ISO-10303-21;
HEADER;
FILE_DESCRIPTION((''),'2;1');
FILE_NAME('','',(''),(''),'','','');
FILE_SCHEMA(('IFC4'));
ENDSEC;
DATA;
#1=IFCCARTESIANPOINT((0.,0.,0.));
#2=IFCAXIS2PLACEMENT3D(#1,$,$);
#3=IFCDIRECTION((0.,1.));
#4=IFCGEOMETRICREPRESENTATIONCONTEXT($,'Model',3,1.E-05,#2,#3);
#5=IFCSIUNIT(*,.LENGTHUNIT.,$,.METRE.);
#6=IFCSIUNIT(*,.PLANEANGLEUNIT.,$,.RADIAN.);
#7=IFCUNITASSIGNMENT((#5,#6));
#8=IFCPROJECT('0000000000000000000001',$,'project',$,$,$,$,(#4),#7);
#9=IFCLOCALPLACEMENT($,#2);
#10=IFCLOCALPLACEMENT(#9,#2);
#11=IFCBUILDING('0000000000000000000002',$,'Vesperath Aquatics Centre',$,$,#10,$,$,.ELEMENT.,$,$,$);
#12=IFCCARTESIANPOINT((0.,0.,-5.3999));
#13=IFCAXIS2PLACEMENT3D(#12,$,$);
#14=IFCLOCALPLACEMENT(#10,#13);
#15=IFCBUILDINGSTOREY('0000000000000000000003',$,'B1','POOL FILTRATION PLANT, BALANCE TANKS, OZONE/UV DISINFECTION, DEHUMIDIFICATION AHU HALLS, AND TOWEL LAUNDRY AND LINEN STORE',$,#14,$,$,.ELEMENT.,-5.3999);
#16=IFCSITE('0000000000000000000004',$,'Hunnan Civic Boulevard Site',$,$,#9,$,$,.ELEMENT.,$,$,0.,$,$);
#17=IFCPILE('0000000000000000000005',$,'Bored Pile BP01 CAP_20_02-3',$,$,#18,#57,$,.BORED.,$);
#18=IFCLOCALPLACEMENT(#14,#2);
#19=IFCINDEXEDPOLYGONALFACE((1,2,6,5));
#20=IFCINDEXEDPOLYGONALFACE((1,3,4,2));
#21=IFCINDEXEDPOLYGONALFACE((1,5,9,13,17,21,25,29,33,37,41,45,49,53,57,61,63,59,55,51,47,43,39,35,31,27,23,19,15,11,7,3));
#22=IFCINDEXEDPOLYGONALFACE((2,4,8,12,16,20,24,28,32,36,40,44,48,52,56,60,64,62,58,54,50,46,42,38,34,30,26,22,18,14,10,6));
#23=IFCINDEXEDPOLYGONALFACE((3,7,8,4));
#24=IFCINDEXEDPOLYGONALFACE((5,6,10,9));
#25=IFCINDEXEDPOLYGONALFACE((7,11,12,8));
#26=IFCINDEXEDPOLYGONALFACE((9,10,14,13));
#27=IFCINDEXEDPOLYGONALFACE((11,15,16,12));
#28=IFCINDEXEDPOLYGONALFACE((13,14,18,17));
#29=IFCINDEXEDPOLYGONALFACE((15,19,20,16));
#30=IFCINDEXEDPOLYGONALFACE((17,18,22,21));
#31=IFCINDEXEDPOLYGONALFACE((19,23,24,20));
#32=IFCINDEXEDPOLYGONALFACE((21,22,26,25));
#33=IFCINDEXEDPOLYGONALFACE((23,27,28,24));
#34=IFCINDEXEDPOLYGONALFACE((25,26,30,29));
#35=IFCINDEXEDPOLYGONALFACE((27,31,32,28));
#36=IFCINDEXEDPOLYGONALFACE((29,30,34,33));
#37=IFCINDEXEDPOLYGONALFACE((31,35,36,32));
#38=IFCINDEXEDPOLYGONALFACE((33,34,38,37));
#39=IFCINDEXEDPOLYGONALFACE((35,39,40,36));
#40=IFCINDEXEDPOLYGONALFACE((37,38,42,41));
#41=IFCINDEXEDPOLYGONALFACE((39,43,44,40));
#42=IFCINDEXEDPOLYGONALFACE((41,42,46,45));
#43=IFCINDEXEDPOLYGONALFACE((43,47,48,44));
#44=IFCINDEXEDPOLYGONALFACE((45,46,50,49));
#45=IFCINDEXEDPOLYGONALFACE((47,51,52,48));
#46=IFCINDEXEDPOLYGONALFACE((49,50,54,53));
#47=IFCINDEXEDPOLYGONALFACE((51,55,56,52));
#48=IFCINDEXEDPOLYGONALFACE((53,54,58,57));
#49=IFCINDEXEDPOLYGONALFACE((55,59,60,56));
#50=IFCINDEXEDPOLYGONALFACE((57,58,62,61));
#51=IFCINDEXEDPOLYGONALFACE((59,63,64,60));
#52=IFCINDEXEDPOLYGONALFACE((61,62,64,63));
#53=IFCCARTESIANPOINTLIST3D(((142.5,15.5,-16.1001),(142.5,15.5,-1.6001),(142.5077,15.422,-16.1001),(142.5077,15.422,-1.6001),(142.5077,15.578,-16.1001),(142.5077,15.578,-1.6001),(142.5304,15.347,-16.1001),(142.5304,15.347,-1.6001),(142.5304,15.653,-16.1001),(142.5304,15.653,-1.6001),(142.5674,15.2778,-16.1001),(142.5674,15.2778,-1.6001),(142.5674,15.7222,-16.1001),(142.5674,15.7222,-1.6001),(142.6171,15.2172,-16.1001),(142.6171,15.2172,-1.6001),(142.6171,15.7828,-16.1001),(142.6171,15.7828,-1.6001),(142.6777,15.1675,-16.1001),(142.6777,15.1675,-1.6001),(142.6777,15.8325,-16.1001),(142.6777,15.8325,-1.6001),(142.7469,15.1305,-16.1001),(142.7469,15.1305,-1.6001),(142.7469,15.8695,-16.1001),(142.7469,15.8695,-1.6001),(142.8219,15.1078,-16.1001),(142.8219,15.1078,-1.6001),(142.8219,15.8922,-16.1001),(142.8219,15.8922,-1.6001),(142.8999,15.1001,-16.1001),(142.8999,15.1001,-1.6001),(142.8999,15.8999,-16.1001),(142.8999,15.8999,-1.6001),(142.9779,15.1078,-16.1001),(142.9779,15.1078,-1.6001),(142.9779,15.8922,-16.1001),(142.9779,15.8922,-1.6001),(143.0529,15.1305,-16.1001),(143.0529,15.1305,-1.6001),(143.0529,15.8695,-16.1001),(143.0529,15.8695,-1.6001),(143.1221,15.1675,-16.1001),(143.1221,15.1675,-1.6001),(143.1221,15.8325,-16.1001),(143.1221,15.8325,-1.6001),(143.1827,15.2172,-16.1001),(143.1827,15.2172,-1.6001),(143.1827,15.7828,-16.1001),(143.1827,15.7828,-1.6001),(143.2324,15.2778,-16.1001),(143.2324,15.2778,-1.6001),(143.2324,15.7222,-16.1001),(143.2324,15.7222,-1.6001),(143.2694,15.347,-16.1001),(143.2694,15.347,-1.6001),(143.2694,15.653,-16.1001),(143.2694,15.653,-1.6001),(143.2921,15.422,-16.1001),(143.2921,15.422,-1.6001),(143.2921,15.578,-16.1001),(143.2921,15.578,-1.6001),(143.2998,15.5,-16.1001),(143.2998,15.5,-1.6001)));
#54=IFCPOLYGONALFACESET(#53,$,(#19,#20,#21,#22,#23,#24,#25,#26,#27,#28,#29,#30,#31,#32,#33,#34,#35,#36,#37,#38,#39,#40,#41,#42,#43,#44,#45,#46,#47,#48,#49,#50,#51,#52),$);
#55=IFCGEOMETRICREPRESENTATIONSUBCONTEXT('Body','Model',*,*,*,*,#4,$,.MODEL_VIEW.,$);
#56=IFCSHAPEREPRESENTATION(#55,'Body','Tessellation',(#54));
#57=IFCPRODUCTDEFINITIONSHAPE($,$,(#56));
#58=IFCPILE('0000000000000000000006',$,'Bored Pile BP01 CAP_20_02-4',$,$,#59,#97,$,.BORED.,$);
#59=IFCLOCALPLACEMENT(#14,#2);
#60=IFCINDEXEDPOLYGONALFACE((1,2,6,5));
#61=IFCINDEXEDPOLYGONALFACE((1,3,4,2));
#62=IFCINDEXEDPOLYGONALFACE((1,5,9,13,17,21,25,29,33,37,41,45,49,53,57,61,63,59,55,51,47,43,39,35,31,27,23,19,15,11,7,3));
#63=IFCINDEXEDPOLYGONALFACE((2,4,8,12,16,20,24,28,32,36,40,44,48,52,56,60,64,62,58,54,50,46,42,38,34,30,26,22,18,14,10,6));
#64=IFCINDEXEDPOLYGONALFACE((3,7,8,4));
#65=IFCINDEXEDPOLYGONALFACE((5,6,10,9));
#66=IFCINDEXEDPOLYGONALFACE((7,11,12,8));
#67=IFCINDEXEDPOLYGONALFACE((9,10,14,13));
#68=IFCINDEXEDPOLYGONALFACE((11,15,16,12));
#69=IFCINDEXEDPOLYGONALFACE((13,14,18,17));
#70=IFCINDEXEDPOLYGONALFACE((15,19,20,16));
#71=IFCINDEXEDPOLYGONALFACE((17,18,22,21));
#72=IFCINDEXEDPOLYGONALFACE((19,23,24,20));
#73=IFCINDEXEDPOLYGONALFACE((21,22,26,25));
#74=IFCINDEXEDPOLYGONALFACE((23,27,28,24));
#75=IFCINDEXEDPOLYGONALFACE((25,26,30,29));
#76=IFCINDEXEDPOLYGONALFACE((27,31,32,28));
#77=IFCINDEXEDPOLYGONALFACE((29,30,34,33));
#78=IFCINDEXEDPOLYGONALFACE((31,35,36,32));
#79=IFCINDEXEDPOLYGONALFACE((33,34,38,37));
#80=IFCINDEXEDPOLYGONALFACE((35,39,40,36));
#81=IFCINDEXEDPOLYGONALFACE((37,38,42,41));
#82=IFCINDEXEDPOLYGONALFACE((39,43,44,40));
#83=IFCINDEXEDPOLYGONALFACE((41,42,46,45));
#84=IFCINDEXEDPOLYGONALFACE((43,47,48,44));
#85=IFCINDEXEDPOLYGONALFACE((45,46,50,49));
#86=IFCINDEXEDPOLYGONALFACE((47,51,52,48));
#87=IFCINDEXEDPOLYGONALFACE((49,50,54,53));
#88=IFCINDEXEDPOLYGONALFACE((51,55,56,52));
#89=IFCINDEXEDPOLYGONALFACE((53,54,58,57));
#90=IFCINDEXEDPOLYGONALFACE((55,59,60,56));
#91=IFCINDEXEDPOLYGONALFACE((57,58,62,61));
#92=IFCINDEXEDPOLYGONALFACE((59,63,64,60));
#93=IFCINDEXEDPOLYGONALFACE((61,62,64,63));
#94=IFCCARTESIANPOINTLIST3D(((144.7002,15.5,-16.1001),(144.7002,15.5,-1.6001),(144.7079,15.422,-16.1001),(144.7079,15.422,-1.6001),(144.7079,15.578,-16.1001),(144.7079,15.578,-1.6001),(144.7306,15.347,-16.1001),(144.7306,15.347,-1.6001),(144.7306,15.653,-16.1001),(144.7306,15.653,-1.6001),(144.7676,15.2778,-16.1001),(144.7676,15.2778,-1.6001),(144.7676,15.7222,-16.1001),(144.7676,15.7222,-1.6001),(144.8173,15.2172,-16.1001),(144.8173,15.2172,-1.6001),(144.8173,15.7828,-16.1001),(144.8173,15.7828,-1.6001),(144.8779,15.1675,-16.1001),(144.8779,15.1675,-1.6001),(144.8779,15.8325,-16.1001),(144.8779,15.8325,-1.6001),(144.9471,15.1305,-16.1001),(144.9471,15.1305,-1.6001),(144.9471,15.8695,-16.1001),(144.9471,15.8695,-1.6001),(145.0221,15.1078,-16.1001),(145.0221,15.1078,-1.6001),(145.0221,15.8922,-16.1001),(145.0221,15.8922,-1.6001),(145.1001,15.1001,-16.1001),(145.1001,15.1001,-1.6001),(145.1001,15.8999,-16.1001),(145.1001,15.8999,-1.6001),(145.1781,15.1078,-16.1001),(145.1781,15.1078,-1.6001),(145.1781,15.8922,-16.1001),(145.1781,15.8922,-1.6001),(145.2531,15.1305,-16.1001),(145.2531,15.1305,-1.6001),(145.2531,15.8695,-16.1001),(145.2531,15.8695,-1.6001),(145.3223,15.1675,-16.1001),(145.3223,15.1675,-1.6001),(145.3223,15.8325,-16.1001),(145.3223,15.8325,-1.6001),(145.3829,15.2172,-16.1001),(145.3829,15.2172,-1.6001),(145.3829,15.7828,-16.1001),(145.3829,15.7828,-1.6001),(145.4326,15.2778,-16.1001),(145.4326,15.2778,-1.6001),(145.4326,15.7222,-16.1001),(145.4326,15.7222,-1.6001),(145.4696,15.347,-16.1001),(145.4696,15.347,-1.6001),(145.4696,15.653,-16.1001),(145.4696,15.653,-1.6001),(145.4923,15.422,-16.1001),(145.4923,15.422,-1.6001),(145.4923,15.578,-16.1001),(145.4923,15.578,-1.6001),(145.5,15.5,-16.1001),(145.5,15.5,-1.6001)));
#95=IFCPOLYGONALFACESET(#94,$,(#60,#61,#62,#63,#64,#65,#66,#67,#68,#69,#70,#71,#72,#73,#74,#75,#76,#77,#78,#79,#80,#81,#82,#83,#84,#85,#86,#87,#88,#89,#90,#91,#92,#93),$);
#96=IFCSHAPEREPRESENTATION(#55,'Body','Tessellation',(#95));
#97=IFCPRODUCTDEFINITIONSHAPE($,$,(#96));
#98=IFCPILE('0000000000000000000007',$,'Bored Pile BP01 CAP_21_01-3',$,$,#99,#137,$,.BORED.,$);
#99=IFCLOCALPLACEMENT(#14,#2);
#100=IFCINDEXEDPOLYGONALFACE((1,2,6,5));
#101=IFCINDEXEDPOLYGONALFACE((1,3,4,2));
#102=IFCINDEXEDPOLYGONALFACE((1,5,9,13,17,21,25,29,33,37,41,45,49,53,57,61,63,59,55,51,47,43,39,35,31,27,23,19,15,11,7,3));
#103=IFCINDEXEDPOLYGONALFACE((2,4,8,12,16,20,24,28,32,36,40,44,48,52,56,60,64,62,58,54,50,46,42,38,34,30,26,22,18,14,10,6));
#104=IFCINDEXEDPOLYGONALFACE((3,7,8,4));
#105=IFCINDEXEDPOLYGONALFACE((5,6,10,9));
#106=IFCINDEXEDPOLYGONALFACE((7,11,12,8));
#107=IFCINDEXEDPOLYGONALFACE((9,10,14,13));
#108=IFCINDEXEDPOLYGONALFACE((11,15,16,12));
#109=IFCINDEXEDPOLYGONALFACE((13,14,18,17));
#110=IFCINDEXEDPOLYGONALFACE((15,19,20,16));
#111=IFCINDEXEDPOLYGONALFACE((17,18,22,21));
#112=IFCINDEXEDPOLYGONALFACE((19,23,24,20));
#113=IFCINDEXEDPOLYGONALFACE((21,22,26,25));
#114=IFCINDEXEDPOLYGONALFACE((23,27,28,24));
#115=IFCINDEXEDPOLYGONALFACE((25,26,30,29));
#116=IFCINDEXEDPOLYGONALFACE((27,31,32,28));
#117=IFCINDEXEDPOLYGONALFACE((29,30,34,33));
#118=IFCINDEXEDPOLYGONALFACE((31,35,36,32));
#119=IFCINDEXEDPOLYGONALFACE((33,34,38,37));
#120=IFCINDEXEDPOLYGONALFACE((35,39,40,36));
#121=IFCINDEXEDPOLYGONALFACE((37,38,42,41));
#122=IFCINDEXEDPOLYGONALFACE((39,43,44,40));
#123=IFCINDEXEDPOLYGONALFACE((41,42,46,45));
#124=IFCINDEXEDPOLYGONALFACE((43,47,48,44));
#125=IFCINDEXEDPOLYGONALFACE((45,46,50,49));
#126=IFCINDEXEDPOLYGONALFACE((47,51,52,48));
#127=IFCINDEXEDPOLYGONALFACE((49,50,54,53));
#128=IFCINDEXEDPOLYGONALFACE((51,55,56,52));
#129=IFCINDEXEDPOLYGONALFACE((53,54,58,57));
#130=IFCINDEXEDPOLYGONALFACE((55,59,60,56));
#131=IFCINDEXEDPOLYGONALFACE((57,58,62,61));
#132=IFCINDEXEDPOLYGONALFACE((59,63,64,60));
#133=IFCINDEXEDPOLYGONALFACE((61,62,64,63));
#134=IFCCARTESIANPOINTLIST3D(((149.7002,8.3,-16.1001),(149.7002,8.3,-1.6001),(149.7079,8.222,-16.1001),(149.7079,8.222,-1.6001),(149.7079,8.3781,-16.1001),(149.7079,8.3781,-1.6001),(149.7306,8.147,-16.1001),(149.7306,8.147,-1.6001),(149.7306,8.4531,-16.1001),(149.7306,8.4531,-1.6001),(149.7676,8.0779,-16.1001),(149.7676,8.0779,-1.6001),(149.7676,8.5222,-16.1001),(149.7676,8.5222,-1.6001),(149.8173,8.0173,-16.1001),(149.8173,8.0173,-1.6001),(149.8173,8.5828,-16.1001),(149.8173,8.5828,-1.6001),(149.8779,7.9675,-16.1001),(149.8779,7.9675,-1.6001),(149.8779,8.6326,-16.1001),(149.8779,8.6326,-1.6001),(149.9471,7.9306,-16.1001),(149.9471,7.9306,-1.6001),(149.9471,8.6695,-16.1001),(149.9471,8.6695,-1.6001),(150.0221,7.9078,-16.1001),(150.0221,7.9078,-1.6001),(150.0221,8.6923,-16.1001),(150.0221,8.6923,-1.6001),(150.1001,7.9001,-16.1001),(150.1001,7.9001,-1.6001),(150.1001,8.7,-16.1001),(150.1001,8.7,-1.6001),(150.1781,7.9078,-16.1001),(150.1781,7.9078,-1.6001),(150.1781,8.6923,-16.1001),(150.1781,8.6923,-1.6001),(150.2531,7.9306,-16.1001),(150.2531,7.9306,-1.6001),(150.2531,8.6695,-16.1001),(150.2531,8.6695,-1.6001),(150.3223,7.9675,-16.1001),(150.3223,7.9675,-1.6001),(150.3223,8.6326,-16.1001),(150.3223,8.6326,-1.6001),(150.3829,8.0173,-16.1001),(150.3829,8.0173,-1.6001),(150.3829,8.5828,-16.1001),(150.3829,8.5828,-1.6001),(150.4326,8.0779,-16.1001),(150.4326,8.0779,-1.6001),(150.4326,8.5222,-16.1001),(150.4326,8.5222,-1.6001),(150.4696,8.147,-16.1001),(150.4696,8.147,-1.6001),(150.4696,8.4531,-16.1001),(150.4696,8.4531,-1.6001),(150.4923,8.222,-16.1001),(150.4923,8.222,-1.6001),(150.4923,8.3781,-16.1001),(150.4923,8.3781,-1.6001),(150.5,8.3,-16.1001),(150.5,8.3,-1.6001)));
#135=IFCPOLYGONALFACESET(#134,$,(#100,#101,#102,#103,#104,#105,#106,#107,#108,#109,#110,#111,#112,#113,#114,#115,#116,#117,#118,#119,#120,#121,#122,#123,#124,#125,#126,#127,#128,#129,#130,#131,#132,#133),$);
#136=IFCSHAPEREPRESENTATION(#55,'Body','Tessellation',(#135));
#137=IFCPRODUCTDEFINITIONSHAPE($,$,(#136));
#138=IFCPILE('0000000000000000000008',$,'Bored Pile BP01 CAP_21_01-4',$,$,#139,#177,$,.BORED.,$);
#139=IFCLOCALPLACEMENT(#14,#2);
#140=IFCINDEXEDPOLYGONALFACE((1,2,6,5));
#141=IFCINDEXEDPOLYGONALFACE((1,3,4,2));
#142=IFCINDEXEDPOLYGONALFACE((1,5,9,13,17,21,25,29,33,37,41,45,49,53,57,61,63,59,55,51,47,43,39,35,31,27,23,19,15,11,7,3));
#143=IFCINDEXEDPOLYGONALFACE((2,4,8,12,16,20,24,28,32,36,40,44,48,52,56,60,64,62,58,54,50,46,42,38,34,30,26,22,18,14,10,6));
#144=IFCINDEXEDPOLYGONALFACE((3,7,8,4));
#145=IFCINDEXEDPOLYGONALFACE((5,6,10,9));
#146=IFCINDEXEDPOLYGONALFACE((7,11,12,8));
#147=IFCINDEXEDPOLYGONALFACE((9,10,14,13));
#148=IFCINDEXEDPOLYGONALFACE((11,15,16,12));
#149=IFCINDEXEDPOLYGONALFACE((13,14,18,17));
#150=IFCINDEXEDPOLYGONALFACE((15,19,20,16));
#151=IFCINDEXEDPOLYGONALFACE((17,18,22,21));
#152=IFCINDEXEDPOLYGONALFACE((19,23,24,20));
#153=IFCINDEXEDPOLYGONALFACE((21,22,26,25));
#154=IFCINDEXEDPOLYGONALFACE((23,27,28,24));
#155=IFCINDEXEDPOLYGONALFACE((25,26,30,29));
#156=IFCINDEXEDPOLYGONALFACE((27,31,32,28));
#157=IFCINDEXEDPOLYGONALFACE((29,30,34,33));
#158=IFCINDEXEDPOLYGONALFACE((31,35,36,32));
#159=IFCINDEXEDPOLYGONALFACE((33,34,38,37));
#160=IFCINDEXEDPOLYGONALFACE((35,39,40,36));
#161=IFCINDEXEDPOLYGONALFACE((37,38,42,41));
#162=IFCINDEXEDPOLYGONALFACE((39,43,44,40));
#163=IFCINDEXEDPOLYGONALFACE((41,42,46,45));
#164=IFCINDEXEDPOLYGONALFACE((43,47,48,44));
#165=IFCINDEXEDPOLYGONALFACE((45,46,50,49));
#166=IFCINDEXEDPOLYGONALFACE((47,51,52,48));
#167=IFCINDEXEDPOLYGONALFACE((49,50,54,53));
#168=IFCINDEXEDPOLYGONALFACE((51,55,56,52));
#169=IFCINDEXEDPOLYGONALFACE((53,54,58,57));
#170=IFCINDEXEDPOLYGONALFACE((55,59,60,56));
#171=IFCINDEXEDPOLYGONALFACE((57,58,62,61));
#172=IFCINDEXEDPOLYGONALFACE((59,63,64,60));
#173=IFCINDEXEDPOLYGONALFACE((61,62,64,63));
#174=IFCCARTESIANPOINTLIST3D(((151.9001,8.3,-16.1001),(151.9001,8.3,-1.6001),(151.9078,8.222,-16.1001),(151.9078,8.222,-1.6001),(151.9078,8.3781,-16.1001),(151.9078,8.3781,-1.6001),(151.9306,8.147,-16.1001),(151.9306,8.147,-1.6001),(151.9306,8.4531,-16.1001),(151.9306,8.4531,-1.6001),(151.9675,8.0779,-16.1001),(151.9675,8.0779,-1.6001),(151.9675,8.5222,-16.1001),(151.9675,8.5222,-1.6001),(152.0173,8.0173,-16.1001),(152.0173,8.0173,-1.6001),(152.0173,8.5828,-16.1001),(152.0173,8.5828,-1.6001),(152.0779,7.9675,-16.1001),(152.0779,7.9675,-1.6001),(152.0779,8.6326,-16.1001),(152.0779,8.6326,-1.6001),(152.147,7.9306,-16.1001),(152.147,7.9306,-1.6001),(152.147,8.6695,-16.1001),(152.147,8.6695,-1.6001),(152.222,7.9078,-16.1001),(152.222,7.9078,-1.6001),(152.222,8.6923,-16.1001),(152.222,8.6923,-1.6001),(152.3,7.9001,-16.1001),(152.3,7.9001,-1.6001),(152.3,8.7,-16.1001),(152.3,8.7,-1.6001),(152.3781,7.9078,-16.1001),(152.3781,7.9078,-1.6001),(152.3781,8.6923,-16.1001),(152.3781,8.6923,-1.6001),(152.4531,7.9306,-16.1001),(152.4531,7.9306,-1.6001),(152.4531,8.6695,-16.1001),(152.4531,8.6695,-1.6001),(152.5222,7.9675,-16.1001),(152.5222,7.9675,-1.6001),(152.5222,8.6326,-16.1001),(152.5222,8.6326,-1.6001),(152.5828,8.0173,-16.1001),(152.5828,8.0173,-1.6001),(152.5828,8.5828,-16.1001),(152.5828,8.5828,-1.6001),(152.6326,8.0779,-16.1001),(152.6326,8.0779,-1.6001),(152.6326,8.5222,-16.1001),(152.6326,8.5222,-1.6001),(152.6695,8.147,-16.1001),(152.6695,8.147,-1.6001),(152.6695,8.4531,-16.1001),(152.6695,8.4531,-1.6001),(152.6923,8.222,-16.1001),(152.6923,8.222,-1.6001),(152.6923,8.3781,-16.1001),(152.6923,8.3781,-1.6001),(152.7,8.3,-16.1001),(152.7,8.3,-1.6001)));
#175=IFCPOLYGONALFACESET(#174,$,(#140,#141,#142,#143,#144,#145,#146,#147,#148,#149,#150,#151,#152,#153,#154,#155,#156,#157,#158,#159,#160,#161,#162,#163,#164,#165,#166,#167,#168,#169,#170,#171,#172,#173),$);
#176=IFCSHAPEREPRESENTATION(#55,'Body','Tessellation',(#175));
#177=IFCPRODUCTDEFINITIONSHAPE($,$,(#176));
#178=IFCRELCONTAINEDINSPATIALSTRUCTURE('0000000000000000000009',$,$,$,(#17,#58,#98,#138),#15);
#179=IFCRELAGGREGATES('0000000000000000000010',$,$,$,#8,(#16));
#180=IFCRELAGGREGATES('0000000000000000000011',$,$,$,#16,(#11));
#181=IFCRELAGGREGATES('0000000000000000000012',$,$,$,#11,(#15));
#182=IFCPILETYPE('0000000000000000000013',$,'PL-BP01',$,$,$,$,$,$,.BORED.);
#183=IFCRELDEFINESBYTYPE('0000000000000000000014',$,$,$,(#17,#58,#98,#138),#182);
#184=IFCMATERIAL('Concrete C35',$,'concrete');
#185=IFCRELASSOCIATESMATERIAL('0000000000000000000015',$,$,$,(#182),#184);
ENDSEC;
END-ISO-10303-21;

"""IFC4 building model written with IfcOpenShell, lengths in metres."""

from ifc_helpers import new_model, si_unit, direction, frame, origin, origin_2d, place, context, subcontext, project, spatial, circle, extrude, material, material_profile, profile_set, type_object, element, save


model = new_model("IFC4")

# Units and contexts
model_context = context("Model", 3, precision=1e-05, world=origin(), true_north=direction((0.0, 1.0)))
body_context = subcontext(model_context, "Body", "Model", "MODEL_VIEW")
ifc_project = project(units=[si_unit("LENGTHUNIT", "METRE"), si_unit("PLANEANGLEUNIT", "RADIAN")], contexts=[model_context])

# Site, building, storey
site_placement = place(None, origin())
site = spatial("IfcSite", under=ifc_project, at=site_placement, Name="Hunnan Civic Boulevard Site", CompositionType="ELEMENT", RefElevation=0.0)
building_placement = place(site_placement, origin())
building = spatial("IfcBuilding", under=site, at=building_placement, Name="Vesperath Aquatics Centre", CompositionType="ELEMENT")
storey_placement = place(building_placement, frame((0.0, 0.0, -5.3999)))
storey = spatial("IfcBuildingStorey", under=building, at=storey_placement, Name="B1", Description="POOL FILTRATION PLANT, BALANCE TANKS, OZONE/UV DISINFECTION, DEHUMIDIFICATION AHU HALLS, AND TOWEL LAUNDRY AND LINEN STORE", CompositionType="ELEMENT", Elevation=-5.3999)

# Piles
ifc_material_1 = material(Name="Concrete C35", Category="concrete")
ifc_material_profile_1 = material_profile(ifc_material_1, circle(Radius=0.3999, at=origin_2d()), Name="PILE D800")
ifc_profile_set_1 = profile_set([ifc_material_profile_1], Name="Concrete C35")
pile_type = type_object("IfcPileType", Name="PL-BP01", PredefinedType="BORED", material=ifc_profile_set_1)
for number, where, z_axis, x_axis, name in (
    (1, (142.8999, 15.5, -1.6001), (0.0, 0.0, -1.0), (1.0, 0.0, 0.0), "Bored Pile BP01 CAP_20_02-3"),
    (2, (145.1001, 15.5, -1.6001), (0.0, 0.0, -1.0), (1.0, 0.0, 0.0), "Bored Pile BP01 CAP_20_02-4"),
    (3, (150.1001, 8.3, -1.6001), (0.0, 0.0, -1.0), (1.0, 0.0, 0.0), "Bored Pile BP01 CAP_21_01-3"),
    (4, (152.3, 8.3, -1.6001), (0.0, 0.0, -1.0), (1.0, 0.0, 0.0), "Bored Pile BP01 CAP_21_01-4"),
):
    element("IfcPile", number, at=place(storey_placement, frame(where, z_axis=z_axis, x_axis=x_axis)), inside=storey, type_object=pile_type, Name=name, PredefinedType="BORED", context=body_context, shape_type="SweptSolid", body=[
        extrude(circle(Radius=0.3999, at=origin_2d()), origin(), (0.0, 0.0, 1.0), 14.5),
    ])

save(model, "model.ifc")
